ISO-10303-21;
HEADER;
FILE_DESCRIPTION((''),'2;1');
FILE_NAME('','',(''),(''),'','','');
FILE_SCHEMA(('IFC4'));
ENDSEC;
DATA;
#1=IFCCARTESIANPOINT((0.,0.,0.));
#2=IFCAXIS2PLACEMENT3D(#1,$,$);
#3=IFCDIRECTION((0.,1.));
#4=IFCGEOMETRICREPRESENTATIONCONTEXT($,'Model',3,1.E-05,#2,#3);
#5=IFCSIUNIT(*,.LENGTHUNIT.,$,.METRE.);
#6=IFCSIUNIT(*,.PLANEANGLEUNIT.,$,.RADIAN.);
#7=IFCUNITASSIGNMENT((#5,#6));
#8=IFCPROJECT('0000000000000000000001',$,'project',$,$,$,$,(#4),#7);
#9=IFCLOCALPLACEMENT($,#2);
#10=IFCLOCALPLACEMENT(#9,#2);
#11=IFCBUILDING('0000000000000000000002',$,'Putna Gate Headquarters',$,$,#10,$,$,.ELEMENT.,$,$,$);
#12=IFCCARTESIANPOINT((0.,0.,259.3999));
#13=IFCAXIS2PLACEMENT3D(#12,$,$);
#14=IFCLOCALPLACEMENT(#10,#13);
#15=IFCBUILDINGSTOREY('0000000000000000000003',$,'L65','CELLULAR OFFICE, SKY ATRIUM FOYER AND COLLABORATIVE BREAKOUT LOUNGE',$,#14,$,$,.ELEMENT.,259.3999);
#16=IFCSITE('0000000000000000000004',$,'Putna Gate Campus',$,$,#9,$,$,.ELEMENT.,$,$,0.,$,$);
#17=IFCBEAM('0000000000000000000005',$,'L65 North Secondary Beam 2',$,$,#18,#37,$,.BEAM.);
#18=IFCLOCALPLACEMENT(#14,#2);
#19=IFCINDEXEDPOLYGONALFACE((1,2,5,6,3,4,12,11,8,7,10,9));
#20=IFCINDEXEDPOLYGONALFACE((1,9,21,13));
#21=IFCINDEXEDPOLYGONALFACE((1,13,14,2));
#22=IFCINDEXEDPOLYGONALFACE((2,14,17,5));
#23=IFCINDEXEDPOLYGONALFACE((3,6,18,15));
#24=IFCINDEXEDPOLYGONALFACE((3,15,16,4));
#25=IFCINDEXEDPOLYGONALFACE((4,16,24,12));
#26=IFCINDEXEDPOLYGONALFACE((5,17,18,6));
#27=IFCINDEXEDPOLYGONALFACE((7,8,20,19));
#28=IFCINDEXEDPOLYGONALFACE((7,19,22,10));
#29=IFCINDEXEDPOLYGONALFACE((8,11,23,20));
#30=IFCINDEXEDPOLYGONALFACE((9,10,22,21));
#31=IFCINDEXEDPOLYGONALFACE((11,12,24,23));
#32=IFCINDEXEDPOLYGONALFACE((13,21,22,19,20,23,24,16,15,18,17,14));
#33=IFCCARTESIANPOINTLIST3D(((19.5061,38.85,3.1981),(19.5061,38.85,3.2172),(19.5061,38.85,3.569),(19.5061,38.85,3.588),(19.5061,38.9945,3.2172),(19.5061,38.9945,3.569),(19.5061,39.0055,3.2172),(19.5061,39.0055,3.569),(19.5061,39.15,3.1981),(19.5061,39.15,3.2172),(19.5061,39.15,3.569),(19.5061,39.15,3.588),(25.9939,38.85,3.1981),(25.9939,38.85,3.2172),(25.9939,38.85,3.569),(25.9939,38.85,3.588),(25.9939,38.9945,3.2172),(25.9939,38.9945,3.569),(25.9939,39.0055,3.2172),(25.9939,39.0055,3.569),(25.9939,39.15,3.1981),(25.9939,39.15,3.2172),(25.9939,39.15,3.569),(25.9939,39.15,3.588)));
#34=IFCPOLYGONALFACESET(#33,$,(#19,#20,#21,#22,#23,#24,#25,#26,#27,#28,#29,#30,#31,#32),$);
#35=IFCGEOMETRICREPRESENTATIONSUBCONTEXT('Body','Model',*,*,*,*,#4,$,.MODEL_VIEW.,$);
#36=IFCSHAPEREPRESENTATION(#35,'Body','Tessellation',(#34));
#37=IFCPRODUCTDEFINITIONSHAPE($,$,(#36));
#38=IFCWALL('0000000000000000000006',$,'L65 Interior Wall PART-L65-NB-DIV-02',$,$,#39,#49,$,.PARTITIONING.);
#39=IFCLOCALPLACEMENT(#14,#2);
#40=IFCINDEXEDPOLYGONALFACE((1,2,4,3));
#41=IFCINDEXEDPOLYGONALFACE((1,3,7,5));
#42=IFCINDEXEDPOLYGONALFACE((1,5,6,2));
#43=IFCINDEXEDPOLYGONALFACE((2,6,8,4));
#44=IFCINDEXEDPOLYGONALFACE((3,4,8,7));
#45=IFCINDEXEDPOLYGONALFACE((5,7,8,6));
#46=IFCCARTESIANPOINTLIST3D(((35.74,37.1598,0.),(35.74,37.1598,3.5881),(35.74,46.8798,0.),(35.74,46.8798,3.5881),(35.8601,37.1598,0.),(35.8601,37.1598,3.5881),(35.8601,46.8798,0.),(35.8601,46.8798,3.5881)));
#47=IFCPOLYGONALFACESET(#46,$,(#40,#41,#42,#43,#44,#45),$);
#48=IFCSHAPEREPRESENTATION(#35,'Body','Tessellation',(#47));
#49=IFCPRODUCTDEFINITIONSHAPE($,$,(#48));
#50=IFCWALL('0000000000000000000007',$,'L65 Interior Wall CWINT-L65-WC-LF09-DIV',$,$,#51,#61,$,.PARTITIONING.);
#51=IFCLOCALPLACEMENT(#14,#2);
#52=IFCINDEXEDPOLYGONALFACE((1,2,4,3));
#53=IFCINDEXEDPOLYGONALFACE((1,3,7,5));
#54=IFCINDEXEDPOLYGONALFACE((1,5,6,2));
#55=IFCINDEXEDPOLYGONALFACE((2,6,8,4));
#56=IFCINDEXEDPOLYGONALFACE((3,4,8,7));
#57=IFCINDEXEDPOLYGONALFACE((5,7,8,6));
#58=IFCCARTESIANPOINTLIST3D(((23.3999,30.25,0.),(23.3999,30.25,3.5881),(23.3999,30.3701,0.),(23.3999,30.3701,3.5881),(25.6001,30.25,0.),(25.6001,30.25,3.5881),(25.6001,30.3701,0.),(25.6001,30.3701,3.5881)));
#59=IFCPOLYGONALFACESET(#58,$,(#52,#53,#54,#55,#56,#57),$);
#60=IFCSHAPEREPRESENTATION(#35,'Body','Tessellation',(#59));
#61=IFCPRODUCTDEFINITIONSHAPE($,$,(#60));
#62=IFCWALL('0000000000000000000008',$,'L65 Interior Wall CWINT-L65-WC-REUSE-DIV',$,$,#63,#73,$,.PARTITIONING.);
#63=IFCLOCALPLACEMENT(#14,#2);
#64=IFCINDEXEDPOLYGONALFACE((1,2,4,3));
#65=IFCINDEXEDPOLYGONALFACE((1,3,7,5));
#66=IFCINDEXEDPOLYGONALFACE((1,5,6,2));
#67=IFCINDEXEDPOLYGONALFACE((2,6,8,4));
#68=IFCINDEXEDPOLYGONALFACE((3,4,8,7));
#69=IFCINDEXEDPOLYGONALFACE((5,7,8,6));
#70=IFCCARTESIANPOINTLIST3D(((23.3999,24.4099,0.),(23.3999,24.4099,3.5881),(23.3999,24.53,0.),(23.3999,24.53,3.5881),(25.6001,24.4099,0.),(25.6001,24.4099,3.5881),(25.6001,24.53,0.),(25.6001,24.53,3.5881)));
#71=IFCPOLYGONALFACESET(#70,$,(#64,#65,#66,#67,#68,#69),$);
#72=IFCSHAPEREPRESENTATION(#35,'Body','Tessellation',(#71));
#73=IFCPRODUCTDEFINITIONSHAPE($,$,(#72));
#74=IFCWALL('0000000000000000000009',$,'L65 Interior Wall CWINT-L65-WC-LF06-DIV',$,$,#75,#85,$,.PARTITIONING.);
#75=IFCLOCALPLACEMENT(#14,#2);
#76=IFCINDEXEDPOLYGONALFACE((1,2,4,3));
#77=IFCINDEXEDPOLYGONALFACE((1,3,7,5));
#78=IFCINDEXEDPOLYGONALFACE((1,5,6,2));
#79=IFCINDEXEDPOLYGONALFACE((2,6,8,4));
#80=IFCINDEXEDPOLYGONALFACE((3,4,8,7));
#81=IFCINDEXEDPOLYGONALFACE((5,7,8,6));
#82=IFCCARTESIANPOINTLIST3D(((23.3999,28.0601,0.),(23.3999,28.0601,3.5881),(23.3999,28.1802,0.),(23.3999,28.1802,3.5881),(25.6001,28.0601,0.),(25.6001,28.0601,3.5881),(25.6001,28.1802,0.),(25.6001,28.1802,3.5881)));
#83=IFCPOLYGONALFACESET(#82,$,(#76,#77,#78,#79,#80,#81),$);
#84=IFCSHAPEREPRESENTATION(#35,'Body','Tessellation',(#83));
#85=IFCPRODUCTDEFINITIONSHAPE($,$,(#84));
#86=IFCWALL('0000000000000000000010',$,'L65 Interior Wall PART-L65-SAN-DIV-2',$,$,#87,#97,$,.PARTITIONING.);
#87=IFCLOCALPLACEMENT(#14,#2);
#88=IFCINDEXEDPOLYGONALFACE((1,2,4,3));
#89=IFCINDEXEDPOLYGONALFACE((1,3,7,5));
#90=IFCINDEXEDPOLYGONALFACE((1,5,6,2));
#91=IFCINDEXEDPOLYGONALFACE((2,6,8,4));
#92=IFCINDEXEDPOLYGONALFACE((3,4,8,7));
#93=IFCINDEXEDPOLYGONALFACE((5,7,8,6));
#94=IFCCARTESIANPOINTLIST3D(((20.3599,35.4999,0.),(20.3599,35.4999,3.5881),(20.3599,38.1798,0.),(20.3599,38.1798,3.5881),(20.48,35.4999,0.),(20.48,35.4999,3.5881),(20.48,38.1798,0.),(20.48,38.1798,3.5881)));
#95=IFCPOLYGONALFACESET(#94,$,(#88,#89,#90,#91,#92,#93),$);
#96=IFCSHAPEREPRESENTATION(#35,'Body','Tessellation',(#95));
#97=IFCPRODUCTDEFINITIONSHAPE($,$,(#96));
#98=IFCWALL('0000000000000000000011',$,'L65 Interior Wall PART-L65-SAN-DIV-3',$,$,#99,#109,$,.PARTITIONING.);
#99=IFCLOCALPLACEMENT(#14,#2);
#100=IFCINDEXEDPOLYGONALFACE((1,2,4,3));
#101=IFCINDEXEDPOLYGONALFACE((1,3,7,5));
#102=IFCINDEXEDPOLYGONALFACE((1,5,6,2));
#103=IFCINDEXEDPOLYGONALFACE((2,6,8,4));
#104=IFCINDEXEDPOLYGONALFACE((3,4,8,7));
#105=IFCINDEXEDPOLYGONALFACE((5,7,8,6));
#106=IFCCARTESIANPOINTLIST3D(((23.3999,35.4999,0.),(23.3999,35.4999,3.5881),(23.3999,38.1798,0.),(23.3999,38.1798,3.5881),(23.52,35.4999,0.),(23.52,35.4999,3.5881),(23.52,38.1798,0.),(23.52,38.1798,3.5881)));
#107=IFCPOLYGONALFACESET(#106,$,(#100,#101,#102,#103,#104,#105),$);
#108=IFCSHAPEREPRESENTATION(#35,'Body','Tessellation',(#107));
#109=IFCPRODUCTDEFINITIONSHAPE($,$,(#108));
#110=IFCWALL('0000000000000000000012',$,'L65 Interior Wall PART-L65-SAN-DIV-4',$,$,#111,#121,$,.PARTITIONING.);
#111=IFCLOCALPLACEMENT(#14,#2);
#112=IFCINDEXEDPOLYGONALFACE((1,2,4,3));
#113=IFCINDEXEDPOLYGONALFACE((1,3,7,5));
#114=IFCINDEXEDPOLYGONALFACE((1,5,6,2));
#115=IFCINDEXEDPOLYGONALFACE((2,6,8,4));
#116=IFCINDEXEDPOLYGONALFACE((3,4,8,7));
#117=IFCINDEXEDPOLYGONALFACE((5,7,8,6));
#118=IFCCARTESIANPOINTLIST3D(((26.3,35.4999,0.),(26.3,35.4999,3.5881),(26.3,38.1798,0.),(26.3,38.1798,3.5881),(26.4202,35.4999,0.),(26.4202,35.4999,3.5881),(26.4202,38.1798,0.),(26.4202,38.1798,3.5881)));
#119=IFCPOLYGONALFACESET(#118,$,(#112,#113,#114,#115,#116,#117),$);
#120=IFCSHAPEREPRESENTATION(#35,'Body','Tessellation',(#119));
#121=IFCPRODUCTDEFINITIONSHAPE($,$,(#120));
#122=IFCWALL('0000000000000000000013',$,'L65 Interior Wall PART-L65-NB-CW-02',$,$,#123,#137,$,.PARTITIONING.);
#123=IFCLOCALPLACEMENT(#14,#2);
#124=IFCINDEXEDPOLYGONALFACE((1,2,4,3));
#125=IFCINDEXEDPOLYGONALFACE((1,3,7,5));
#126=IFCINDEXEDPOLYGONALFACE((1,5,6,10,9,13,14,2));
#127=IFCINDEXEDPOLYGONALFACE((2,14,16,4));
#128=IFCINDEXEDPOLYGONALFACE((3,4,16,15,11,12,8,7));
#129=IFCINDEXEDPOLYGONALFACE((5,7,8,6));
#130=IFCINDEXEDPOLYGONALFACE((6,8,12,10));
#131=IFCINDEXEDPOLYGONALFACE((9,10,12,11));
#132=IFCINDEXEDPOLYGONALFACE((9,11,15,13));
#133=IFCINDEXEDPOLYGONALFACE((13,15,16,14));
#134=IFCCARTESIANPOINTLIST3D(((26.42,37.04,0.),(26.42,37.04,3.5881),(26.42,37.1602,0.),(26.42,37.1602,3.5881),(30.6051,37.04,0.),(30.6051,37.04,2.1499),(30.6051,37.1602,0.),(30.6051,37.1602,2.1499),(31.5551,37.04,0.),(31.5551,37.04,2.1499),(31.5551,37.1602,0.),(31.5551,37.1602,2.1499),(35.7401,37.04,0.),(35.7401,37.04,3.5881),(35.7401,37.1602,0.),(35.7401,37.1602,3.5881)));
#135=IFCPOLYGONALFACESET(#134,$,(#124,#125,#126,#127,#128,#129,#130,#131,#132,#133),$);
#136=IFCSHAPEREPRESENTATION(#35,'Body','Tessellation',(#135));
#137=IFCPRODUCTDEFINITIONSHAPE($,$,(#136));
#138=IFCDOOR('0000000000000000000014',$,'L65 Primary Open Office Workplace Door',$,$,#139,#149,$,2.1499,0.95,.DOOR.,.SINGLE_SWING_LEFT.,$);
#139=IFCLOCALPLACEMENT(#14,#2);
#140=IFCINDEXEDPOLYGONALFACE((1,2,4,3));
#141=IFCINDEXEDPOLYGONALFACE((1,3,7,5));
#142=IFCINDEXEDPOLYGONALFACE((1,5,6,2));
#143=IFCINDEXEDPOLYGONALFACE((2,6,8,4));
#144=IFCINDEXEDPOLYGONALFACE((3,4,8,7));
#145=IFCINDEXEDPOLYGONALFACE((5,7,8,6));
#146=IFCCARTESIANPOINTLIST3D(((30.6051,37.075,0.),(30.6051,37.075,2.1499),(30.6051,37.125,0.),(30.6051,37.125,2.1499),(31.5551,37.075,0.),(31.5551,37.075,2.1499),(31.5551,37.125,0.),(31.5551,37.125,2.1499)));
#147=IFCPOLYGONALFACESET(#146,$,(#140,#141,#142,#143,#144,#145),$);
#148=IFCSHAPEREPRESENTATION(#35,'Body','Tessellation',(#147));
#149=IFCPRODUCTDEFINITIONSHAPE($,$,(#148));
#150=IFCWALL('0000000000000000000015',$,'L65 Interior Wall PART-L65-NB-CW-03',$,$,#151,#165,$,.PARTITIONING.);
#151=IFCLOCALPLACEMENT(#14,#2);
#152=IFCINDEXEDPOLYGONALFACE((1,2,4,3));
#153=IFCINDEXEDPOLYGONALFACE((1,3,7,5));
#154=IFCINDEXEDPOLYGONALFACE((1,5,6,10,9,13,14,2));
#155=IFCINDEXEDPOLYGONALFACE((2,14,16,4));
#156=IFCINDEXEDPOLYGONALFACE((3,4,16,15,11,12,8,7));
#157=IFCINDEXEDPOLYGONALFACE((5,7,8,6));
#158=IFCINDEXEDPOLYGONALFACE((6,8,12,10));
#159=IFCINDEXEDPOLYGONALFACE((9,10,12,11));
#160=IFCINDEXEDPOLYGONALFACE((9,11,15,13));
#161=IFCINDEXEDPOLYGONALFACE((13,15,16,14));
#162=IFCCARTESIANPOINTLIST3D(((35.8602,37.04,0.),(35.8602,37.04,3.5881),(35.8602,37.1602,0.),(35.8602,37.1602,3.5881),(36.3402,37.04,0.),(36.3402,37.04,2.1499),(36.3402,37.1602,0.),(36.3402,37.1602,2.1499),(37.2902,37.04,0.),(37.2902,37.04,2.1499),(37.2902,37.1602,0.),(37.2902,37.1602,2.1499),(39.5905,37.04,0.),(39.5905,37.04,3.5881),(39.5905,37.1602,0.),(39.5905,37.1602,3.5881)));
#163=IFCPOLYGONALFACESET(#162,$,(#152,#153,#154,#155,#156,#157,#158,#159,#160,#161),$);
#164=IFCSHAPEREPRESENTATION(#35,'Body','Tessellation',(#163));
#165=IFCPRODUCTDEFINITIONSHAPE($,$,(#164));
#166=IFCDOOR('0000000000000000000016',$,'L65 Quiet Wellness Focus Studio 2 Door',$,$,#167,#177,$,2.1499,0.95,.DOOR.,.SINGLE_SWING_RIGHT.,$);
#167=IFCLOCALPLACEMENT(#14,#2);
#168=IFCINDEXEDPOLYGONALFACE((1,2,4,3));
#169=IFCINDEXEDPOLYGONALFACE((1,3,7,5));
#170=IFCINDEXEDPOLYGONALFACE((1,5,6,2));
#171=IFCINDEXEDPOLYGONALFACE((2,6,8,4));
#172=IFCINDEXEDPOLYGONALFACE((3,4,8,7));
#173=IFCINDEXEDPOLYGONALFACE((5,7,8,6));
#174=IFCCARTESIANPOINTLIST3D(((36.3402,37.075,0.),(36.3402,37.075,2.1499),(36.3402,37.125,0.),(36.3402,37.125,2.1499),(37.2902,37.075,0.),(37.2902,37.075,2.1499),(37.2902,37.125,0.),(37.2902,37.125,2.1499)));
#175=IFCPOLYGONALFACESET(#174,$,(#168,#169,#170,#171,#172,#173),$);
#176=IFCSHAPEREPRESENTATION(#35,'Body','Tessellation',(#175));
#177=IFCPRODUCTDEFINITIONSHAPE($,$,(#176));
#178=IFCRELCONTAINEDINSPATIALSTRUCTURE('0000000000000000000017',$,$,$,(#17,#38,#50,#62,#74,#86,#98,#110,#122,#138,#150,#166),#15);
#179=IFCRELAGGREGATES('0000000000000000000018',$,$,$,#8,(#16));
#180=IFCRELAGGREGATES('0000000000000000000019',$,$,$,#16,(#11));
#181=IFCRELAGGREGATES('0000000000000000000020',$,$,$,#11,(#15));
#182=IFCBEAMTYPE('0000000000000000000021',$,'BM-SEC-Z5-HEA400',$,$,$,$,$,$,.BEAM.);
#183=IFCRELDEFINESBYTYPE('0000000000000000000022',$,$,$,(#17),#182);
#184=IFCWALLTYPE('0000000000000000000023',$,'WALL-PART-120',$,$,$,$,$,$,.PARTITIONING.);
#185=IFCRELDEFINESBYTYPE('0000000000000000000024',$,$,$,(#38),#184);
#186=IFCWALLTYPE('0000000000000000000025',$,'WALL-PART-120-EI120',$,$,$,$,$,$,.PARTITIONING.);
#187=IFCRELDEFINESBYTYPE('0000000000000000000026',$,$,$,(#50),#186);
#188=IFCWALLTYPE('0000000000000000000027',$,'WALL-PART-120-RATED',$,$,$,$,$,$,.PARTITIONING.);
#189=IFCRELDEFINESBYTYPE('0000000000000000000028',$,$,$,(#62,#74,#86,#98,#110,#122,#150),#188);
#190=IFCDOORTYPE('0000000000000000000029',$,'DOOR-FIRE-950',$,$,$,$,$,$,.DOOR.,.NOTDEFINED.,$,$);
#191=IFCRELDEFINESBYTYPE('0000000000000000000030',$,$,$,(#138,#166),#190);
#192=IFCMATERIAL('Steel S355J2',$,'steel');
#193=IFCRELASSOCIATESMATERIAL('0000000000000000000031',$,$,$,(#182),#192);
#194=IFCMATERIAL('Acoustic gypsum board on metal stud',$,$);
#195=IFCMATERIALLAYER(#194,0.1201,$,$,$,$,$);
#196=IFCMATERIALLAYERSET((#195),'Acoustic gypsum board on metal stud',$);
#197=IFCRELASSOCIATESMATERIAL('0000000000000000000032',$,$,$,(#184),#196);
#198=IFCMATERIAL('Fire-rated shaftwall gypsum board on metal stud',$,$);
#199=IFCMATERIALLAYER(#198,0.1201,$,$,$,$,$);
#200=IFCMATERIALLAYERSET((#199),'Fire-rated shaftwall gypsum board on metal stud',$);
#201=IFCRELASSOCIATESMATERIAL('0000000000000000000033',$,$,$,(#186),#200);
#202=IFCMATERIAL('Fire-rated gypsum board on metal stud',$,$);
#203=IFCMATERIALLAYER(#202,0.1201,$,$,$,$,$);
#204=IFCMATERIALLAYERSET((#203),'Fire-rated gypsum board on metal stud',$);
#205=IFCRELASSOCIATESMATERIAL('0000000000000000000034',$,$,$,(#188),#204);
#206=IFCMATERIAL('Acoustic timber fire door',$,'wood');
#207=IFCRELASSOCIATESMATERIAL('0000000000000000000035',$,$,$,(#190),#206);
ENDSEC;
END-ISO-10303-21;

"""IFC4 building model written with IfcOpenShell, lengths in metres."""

from ifc_helpers import new_model, si_unit, direction, frame, frame_2d, origin, origin_2d, place, context, subcontext, project, spatial, rectangle, i_section, extrude, material, layer, layer_set, material_profile, profile_set, type_object, element, fill, save


model = new_model("IFC4")

# Units and contexts
model_context = context("Model", 3, precision=1e-05, world=origin(), true_north=direction((0.0, 1.0)))
body_context = subcontext(model_context, "Body", "Model", "MODEL_VIEW")
ifc_project = project(units=[si_unit("LENGTHUNIT", "METRE"), si_unit("PLANEANGLEUNIT", "RADIAN")], contexts=[model_context])

# Site, building, storey
site_placement = place(None, origin())
site = spatial("IfcSite", under=ifc_project, at=site_placement, Name="Putna Gate Campus", CompositionType="ELEMENT", RefElevation=0.0)
building_placement = place(site_placement, origin())
building = spatial("IfcBuilding", under=site, at=building_placement, Name="Putna Gate Headquarters", CompositionType="ELEMENT")
storey_placement = place(building_placement, frame((0.0, 0.0, 259.3999)))
storey = spatial("IfcBuildingStorey", under=building, at=storey_placement, Name="L65", Description="CELLULAR OFFICE, SKY ATRIUM FOYER AND COLLABORATIVE BREAKOUT LOUNGE", CompositionType="ELEMENT", Elevation=259.3999)

# Beam
ifc_material_1 = material(Name="Steel S355J2", Category="steel")
ifc_material_profile_1 = material_profile(ifc_material_1, i_section(OverallWidth=0.3, OverallDepth=0.3899, WebThickness=0.011, FlangeThickness=0.019, at=origin_2d()), Name="Steel S355J2")
ifc_profile_set_1 = profile_set([ifc_material_profile_1], Name="Steel S355J2")
beam_type_1 = type_object("IfcBeamType", Name="BM-SEC-Z5-HEA400", PredefinedType="BEAM", material=ifc_profile_set_1)
beam_1_placement = place(storey_placement, frame((19.5061, 39.0, 3.3931), z_axis=(1.0, 0.0, 0.0), x_axis=(0.0, 1.0, 0.0)))
element("IfcBeam", 1, at=beam_1_placement, inside=storey, type_object=beam_type_1, Name="L65 North Secondary Beam 2", PredefinedType="BEAM", context=body_context, shape_type="SweptSolid", body=[
    extrude(i_section(OverallWidth=0.3, OverallDepth=0.3899, WebThickness=0.011, FlangeThickness=0.019, at=origin_2d()), origin(), (0.0, 0.0, 1.0), 6.4878),
])

# Walls
ifc_material_2 = material(Name="Acoustic gypsum board on metal stud")
ifc_layer_1 = layer(ifc_material_2, 0.1201)
ifc_layer_set_1 = layer_set([ifc_layer_1], Name="Acoustic gypsum board on metal stud")
wall_type_1 = type_object("IfcWallType", Name="WALL-PART-120", PredefinedType="PARTITIONING", material=ifc_layer_set_1)
wall_1_placement = place(storey_placement, frame((35.8, 37.1599, 0.0), z_axis=(0.0, 0.0, 1.0), x_axis=(0.0, 1.0, 0.0)))
element("IfcWall", 2, at=wall_1_placement, inside=storey, type_object=wall_type_1, Name="L65 Interior Wall PART-L65-NB-DIV-02", PredefinedType="PARTITIONING", context=body_context, shape_type="SweptSolid", body=[
    extrude(rectangle(XDim=9.72, YDim=0.1201, at=frame_2d((4.8599, 0.0))), origin(), (0.0, 0.0, 1.0), 3.5881),
])
ifc_material_3 = material(Name="Fire-rated shaftwall gypsum board on metal stud")
ifc_layer_2 = layer(ifc_material_3, 0.1201)
ifc_layer_set_2 = layer_set([ifc_layer_2], Name="Fire-rated shaftwall gypsum board on metal stud")
wall_type_2 = type_object("IfcWallType", Name="WALL-PART-120-EI120", PredefinedType="PARTITIONING", material=ifc_layer_set_2)
wall_2_placement = place(storey_placement, frame((23.3999, 30.3101, 0.0), z_axis=(0.0, 0.0, 1.0), x_axis=(1.0, 0.0, 0.0)))
element("IfcWall", 3, at=wall_2_placement, inside=storey, type_object=wall_type_2, Name="L65 Interior Wall CWINT-L65-WC-LF09-DIV", PredefinedType="PARTITIONING", context=body_context, shape_type="SweptSolid", body=[
    extrude(rectangle(XDim=2.2002, YDim=0.1201, at=frame_2d((1.1001, 0.0))), origin(), (0.0, 0.0, 1.0), 3.5881),
])
ifc_material_4 = material(Name="Fire-rated gypsum board on metal stud")
ifc_layer_3 = layer(ifc_material_4, 0.1201)
ifc_layer_set_3 = layer_set([ifc_layer_3], Name="Fire-rated gypsum board on metal stud")
wall_type_3 = type_object("IfcWallType", Name="WALL-PART-120-RATED", PredefinedType="PARTITIONING", material=ifc_layer_set_3)
for number, where, z_axis, x_axis, name in (
    (4, (23.3999, 24.47, 0.0), (0.0, 0.0, 1.0), (1.0, 0.0, 0.0), "L65 Interior Wall CWINT-L65-WC-REUSE-DIV"),
    (5, (23.3999, 28.1201, 0.0), (0.0, 0.0, 1.0), (1.0, 0.0, 0.0), "L65 Interior Wall CWINT-L65-WC-LF06-DIV"),
):
    element("IfcWall", number, at=place(storey_placement, frame(where, z_axis=z_axis, x_axis=x_axis)), inside=storey, type_object=wall_type_3, Name=name, PredefinedType="PARTITIONING", context=body_context, shape_type="SweptSolid", body=[
        extrude(rectangle(XDim=2.2002, YDim=0.1201, at=frame_2d((1.1001, 0.0))), origin(), (0.0, 0.0, 1.0), 3.5881),
    ])
for number, where, z_axis, x_axis, name in (
    (6, (20.4199, 35.5, 0.0), (0.0, 0.0, 1.0), (0.0, 1.0, 0.0), "L65 Interior Wall PART-L65-SAN-DIV-2"),
    (7, (23.46, 35.5, 0.0), (0.0, 0.0, 1.0), (0.0, 1.0, 0.0), "L65 Interior Wall PART-L65-SAN-DIV-3"),
    (8, (26.3601, 35.5, 0.0), (0.0, 0.0, 1.0), (0.0, 1.0, 0.0), "L65 Interior Wall PART-L65-SAN-DIV-4"),
):
    element("IfcWall", number, at=place(storey_placement, frame(where, z_axis=z_axis, x_axis=x_axis)), inside=storey, type_object=wall_type_3, Name=name, PredefinedType="PARTITIONING", context=body_context, shape_type="SweptSolid", body=[
        extrude(rectangle(XDim=2.6799, YDim=0.1201, at=frame_2d((1.3398, 0.0))), origin(), (0.0, 0.0, 1.0), 3.5881),
    ])

# Walls, openings, doors
wall_3_placement = place(storey_placement, frame((26.4199, 37.1001, 0.0), z_axis=(0.0, 0.0, 1.0), x_axis=(1.0, 0.0, 0.0)))
wall_3 = element("IfcWall", 9, at=wall_3_placement, inside=storey, type_object=wall_type_3, Name="L65 Interior Wall PART-L65-NB-CW-02", PredefinedType="PARTITIONING", context=body_context, shape_type="SweptSolid", body=[
    extrude(rectangle(XDim=9.3201, YDim=0.1201, at=frame_2d((4.6602, 0.0))), origin(), (0.0, 0.0, 1.0), 3.5881),
])
opening_1_placement = place(wall_3_placement, frame((4.1851, 0.0, 0.0)))
opening_1 = element("IfcOpeningElement", 10, at=opening_1_placement, cuts=wall_3, PredefinedType="OPENING", context=body_context, shape_type="SweptSolid", body=[
    extrude(rectangle(XDim=0.95, YDim=2.1499, at=frame_2d((0.4751, 1.075))), frame((0.0, 0.0701, 0.0), z_axis=(0.0, -1.0, 0.0), x_axis=(1.0, 0.0, 0.0)), (0.0, 0.0, 1.0), 0.1401),
])
ifc_material_5 = material(Name="Acoustic timber fire door", Category="wood")
door_type = type_object("IfcDoorType", Name="DOOR-FIRE-950", OperationType="NOTDEFINED", PredefinedType="DOOR", material=ifc_material_5)
door_1_placement = place(opening_1_placement, origin())
door_1 = element("IfcDoor", 11, at=door_1_placement, inside=storey, type_object=door_type, Name="L65 Primary Open Office Workplace Door", OperationType="SINGLE_SWING_LEFT", OverallHeight=2.1499, OverallWidth=0.95, PredefinedType="DOOR", context=body_context, shape_type="SweptSolid", body=[
    extrude(rectangle(XDim=0.95, YDim=2.1499, at=frame_2d((0.4751, 1.075))), frame((0.0, 0.0249, 0.0), z_axis=(0.0, -1.0, 0.0), x_axis=(1.0, 0.0, 0.0)), (0.0, 0.0, 1.0), 0.05),
])
fill(opening_1, door_1)
wall_4_placement = place(storey_placement, frame((35.8601, 37.1001, 0.0), z_axis=(0.0, 0.0, 1.0), x_axis=(1.0, 0.0, 0.0)))
wall_4 = element("IfcWall", 12, at=wall_4_placement, inside=storey, type_object=wall_type_3, Name="L65 Interior Wall PART-L65-NB-CW-03", PredefinedType="PARTITIONING", context=body_context, shape_type="SweptSolid", body=[
    extrude(rectangle(XDim=3.7302, YDim=0.1201, at=frame_2d((1.8652, 0.0))), origin(), (0.0, 0.0, 1.0), 3.5881),
])
opening_2_placement = place(wall_4_placement, frame((0.48, 0.0, 0.0)))
opening_2 = element("IfcOpeningElement", 13, at=opening_2_placement, cuts=wall_4, PredefinedType="OPENING", context=body_context, shape_type="SweptSolid", body=[
    extrude(rectangle(XDim=0.95, YDim=2.1499, at=frame_2d((0.4751, 1.075))), frame((0.0, 0.0701, 0.0), z_axis=(0.0, -1.0, 0.0), x_axis=(1.0, 0.0, 0.0)), (0.0, 0.0, 1.0), 0.1401),
])
door_2_placement = place(opening_2_placement, origin())
door_2 = element("IfcDoor", 14, at=door_2_placement, inside=storey, type_object=door_type, Name="L65 Quiet Wellness Focus Studio 2 Door", OperationType="SINGLE_SWING_RIGHT", OverallHeight=2.1499, OverallWidth=0.95, PredefinedType="DOOR", context=body_context, shape_type="SweptSolid", body=[
    extrude(rectangle(XDim=0.95, YDim=2.1499, at=frame_2d((0.4751, 1.075))), frame((0.0, 0.0249, 0.0), z_axis=(0.0, -1.0, 0.0), x_axis=(1.0, 0.0, 0.0)), (0.0, 0.0, 1.0), 0.05),
])
fill(opening_2, door_2)

save(model, "model.ifc")
